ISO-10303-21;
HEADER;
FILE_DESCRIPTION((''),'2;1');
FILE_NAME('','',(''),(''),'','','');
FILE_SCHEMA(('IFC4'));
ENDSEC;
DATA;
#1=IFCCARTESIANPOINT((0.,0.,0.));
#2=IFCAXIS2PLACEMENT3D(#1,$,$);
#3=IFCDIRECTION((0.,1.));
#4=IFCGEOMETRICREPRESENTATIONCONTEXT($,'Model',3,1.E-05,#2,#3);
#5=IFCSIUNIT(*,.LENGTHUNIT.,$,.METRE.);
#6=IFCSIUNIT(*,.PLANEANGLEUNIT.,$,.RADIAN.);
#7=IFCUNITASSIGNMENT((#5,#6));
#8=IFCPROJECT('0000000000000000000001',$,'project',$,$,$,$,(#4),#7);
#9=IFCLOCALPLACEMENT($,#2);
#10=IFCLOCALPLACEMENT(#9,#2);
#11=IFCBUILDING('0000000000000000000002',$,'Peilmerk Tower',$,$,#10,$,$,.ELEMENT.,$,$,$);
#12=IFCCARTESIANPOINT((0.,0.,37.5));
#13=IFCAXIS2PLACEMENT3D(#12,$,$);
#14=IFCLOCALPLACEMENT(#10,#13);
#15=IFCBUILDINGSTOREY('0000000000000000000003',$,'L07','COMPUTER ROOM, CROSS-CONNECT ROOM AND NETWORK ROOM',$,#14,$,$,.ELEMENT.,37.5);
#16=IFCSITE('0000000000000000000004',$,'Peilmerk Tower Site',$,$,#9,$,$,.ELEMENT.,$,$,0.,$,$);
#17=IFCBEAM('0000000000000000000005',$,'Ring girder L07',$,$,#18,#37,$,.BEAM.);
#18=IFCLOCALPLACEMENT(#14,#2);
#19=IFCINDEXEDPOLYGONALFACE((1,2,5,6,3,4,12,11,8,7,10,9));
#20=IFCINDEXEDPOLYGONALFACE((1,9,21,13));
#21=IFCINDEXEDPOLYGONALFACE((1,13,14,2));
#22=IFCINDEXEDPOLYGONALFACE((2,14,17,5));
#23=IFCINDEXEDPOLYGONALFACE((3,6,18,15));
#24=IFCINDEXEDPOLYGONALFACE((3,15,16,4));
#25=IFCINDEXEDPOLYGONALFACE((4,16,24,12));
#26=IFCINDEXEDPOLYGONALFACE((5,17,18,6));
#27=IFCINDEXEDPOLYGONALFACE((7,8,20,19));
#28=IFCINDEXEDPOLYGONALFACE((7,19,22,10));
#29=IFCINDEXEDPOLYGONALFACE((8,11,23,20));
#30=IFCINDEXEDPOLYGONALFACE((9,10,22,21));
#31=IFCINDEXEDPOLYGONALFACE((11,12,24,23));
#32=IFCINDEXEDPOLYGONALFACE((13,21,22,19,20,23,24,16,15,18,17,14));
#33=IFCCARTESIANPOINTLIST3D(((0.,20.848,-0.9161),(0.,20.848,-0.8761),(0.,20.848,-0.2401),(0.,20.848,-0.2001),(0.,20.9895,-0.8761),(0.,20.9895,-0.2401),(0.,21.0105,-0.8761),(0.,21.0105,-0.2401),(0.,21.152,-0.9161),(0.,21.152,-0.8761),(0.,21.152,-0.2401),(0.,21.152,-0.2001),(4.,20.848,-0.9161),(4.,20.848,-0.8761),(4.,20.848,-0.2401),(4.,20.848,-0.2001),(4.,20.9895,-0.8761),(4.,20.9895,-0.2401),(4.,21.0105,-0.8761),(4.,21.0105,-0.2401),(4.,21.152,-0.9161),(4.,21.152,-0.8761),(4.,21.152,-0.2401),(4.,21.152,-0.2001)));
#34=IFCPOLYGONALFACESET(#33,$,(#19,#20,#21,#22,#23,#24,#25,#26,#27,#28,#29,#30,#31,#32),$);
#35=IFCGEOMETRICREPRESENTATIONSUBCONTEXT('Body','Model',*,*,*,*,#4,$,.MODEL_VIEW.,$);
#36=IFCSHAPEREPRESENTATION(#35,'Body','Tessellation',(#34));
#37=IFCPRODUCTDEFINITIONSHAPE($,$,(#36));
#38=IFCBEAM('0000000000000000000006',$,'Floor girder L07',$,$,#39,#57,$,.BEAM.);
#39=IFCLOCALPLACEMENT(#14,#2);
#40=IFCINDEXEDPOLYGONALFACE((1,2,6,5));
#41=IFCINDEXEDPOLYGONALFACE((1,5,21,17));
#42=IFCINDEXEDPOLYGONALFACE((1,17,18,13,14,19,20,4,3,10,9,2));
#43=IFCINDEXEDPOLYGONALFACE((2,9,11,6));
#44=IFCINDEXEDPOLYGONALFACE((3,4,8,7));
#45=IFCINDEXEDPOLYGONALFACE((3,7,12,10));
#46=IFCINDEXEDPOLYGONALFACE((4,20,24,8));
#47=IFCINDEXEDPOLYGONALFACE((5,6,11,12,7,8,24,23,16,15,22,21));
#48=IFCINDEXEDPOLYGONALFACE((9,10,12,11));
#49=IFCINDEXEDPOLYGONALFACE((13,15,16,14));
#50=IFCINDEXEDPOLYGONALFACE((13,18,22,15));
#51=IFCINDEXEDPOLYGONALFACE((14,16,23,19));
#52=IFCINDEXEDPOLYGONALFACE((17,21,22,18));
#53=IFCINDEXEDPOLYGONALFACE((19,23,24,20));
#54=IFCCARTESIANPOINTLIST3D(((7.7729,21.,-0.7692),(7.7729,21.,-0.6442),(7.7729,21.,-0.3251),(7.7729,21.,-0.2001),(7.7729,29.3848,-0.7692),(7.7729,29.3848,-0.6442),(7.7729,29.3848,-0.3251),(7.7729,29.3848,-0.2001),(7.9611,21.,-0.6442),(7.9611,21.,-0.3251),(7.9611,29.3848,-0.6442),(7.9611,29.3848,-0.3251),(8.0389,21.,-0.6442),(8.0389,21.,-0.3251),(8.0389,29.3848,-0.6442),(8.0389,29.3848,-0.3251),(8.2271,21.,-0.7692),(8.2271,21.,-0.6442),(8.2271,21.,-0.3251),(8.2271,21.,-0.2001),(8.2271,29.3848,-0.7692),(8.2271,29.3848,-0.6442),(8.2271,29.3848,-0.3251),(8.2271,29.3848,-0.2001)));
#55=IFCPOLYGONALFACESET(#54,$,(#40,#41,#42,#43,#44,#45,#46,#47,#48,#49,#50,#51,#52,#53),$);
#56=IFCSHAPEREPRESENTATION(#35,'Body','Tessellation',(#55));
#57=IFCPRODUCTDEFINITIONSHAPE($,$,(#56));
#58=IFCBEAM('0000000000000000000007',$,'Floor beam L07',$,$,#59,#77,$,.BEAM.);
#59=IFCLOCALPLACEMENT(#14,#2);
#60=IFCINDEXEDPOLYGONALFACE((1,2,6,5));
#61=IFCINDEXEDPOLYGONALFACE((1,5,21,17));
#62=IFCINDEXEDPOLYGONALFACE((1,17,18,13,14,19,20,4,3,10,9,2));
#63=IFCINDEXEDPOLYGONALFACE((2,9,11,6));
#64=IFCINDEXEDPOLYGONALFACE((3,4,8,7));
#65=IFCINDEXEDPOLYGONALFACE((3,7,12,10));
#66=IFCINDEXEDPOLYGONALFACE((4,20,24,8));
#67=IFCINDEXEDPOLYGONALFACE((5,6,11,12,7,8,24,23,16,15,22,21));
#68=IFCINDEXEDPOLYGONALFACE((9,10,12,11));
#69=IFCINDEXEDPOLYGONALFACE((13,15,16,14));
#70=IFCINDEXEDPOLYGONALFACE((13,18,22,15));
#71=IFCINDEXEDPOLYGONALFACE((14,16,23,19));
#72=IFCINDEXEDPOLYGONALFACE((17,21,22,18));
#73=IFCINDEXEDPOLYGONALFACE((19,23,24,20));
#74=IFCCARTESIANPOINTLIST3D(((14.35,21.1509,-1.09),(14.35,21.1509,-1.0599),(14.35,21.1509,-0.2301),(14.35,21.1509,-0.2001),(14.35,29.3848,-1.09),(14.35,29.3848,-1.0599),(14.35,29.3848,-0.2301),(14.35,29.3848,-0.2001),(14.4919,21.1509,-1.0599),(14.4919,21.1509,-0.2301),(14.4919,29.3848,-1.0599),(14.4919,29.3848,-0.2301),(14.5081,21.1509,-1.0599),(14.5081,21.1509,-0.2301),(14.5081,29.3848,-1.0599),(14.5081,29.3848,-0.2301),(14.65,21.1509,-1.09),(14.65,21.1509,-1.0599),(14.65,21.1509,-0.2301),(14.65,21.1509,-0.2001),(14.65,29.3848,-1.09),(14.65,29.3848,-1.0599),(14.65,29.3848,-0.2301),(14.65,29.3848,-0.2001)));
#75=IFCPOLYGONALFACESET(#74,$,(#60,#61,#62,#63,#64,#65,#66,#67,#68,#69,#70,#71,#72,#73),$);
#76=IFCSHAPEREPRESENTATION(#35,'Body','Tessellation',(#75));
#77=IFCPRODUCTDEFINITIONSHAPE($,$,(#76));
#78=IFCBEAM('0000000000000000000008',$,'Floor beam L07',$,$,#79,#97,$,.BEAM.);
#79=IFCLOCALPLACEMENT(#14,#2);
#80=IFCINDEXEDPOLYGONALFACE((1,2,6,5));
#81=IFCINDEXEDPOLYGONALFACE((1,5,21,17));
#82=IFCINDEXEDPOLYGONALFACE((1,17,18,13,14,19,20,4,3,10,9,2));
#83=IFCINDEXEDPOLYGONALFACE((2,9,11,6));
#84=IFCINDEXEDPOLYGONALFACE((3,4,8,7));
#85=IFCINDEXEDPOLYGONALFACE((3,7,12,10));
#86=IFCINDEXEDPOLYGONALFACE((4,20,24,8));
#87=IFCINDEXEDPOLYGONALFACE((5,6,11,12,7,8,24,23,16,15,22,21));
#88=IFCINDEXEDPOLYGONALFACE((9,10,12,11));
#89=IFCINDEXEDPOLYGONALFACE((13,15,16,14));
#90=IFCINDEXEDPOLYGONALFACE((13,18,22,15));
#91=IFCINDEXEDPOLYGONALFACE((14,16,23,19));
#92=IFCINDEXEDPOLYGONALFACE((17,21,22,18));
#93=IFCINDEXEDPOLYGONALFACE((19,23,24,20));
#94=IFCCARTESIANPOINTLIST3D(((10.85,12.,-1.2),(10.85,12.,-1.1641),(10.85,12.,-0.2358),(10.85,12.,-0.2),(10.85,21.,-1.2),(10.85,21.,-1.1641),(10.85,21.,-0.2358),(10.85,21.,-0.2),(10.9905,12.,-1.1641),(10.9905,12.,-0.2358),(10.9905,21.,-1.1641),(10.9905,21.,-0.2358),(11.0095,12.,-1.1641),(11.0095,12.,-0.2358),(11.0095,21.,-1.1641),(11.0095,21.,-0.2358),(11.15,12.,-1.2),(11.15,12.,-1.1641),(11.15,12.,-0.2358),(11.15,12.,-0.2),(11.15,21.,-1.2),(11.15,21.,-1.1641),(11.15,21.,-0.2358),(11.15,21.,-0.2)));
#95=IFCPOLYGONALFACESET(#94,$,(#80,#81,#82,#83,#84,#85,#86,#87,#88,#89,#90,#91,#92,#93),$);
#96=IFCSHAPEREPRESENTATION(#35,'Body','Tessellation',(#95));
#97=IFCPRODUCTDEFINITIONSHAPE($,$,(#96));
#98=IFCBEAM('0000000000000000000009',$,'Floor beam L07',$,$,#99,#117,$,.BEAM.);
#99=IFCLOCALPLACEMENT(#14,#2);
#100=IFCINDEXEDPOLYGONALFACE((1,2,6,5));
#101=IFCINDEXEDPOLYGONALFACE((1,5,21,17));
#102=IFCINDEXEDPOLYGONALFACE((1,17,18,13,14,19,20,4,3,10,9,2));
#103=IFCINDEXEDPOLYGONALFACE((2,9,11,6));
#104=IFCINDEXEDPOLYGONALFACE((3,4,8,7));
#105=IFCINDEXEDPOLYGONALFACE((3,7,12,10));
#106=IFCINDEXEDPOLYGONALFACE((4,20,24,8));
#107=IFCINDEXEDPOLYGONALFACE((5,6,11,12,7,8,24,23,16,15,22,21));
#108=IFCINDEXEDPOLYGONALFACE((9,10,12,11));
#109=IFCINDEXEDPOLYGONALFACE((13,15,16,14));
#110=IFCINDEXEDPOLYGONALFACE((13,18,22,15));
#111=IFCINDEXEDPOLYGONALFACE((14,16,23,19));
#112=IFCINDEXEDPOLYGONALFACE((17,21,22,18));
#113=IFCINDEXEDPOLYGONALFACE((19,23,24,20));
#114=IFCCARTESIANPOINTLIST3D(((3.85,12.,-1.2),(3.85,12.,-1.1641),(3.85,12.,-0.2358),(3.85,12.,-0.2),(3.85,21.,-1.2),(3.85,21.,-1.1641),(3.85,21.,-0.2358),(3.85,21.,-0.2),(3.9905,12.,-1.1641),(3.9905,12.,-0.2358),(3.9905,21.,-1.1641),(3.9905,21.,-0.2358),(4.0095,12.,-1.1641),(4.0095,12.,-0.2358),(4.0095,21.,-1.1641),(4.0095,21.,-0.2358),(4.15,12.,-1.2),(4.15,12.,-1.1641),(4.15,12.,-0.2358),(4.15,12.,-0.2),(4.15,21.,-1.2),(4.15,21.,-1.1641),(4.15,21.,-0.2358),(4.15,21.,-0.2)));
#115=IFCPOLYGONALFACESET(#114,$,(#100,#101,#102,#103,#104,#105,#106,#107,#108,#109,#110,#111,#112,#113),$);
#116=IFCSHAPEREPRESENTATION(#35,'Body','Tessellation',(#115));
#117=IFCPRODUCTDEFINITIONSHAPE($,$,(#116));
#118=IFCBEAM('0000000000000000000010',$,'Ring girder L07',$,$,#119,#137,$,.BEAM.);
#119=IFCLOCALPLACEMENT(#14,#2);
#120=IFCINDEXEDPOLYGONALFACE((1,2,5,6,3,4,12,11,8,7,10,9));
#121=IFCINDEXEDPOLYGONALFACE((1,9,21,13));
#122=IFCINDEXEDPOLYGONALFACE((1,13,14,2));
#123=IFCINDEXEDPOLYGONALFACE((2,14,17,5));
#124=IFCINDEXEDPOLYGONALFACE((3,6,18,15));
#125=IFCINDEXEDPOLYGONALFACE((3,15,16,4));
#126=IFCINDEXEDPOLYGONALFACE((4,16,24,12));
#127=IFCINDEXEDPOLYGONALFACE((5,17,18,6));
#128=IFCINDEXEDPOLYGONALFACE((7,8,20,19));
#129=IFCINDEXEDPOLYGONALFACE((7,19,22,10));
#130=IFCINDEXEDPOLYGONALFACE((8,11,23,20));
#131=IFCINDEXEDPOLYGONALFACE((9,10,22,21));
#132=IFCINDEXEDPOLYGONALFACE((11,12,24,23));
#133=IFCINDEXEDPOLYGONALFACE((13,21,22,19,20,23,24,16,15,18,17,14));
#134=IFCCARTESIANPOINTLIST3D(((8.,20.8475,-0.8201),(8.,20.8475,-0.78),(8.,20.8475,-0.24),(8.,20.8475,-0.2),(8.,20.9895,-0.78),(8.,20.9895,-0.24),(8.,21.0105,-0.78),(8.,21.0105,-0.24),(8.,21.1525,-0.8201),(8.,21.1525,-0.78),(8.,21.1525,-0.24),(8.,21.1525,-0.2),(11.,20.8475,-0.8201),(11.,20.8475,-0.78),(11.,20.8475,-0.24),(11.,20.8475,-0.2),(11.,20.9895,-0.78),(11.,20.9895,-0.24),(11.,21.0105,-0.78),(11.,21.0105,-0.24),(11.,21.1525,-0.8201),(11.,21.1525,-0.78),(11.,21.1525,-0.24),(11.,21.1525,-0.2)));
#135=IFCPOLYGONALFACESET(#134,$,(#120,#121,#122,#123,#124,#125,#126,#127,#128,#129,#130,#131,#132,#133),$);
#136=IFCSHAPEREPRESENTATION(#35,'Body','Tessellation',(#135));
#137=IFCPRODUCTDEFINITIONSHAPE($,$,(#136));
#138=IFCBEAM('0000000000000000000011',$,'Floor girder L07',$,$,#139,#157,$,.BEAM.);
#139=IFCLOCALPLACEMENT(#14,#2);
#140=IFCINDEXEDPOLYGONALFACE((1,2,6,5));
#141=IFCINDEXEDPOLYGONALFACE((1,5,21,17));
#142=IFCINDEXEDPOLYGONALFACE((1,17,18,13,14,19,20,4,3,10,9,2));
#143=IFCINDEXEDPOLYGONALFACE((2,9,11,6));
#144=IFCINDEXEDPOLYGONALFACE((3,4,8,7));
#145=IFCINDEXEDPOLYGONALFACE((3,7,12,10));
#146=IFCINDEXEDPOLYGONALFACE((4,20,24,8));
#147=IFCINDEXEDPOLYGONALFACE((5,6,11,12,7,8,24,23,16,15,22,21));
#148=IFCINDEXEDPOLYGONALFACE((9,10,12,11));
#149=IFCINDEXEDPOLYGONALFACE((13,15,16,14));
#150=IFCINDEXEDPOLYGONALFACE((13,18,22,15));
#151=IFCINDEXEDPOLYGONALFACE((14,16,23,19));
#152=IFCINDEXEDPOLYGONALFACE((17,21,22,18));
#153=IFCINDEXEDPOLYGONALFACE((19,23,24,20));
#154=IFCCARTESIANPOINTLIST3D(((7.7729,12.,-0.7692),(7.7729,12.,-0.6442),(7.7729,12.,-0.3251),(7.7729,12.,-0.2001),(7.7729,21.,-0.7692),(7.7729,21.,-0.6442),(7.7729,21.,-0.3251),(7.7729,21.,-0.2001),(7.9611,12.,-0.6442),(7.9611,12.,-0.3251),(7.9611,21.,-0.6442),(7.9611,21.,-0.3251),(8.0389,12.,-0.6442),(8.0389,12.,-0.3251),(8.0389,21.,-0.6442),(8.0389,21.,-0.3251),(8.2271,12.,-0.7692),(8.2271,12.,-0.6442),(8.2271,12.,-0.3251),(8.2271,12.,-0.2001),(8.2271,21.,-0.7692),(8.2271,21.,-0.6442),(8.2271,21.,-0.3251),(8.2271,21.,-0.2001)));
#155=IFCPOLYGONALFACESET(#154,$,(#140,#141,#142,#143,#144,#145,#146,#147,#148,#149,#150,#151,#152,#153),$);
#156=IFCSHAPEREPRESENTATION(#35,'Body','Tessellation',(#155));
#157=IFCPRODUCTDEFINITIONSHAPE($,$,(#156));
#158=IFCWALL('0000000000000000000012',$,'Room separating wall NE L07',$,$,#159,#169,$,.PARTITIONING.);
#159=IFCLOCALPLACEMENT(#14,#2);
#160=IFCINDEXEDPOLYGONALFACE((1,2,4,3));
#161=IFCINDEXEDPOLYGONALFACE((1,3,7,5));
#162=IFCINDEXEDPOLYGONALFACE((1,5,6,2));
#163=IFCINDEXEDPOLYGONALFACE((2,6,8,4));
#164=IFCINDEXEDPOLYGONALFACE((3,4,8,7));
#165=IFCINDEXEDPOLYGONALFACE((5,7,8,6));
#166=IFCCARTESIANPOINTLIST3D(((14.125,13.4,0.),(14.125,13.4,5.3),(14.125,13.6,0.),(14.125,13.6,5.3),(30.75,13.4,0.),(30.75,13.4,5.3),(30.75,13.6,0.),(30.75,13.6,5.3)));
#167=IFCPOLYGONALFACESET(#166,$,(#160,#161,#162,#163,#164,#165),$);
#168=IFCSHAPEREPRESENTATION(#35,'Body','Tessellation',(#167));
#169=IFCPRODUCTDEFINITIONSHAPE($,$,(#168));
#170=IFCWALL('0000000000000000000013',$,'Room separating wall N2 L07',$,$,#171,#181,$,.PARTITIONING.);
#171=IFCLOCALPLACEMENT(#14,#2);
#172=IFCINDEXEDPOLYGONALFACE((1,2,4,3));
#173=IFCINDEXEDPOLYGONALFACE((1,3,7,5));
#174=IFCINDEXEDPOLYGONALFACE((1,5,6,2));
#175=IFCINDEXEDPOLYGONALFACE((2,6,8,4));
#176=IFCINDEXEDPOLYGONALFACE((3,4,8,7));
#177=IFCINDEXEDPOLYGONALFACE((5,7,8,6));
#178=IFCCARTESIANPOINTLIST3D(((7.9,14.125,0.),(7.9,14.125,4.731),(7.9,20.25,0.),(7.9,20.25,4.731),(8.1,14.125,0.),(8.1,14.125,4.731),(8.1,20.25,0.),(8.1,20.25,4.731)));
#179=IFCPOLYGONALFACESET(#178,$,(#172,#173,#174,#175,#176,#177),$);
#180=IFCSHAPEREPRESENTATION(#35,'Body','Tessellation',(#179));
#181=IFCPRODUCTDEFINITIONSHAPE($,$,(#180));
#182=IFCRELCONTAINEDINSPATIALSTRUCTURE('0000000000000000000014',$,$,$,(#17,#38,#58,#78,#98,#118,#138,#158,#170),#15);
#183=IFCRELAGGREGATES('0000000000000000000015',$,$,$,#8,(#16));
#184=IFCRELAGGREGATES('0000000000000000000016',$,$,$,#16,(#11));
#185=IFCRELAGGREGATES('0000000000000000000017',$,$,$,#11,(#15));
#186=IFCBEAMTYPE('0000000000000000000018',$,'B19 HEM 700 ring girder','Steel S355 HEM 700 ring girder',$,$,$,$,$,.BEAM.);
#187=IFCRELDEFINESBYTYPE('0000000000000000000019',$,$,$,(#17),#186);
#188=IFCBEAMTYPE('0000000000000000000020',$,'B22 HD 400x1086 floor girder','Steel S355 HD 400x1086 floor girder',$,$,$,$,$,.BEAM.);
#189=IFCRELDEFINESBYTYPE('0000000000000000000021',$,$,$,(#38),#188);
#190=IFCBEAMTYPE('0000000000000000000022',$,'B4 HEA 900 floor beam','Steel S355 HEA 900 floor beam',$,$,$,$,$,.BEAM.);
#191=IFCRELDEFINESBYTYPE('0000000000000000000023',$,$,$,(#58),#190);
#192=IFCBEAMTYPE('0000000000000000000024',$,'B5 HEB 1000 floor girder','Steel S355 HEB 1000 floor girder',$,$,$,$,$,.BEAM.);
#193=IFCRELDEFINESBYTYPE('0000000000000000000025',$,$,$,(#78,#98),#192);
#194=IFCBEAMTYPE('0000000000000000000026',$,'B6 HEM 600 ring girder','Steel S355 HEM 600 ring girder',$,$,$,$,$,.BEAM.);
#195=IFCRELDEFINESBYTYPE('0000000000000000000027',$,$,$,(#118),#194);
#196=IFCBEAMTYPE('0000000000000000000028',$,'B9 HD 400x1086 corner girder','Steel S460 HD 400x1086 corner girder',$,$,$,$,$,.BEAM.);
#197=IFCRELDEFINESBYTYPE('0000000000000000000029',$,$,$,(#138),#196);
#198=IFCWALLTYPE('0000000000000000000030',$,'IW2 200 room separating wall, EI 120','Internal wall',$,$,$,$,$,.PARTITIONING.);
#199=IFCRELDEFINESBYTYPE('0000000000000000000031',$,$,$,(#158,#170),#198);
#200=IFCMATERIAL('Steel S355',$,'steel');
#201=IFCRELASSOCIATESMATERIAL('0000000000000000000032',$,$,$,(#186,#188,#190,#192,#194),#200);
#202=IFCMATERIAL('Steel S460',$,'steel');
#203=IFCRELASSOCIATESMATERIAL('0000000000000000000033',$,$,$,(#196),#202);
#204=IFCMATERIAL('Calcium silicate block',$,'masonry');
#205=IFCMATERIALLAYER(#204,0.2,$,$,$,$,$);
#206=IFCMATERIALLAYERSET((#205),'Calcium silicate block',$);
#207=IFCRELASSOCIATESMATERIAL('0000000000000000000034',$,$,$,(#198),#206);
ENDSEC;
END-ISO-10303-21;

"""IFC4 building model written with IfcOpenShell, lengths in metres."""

from ifc_helpers import new_model, si_unit, direction, frame, frame_2d, origin, origin_2d, place, context, subcontext, project, spatial, rectangle, i_section, extrude, material, layer, layer_set, material_profile, profile_set, type_object, element, save


model = new_model("IFC4")

# Units and contexts
model_context = context("Model", 3, precision=1e-05, world=origin(), true_north=direction((0.0, 1.0)))
body_context = subcontext(model_context, "Body", "Model", "MODEL_VIEW")
ifc_project = project(units=[si_unit("LENGTHUNIT", "METRE"), si_unit("PLANEANGLEUNIT", "RADIAN")], contexts=[model_context])

# Site, building, storey
site_placement = place(None, origin())
site = spatial("IfcSite", under=ifc_project, at=site_placement, Name="Peilmerk Tower Site", CompositionType="ELEMENT", RefElevation=0.0)
building_placement = place(site_placement, origin())
building = spatial("IfcBuilding", under=site, at=building_placement, Name="Peilmerk Tower", CompositionType="ELEMENT")
storey_placement = place(building_placement, frame((0.0, 0.0, 37.5)))
storey = spatial("IfcBuildingStorey", under=building, at=storey_placement, Name="L07", Description="COMPUTER ROOM, CROSS-CONNECT ROOM AND NETWORK ROOM", CompositionType="ELEMENT", Elevation=37.5)

# Beams
ifc_material_1 = material(Name="Steel S355", Category="steel")
ifc_material_profile_1 = material_profile(ifc_material_1, i_section(OverallWidth=0.304, OverallDepth=0.7161, WebThickness=0.021, FlangeThickness=0.04, at=origin_2d()), Name="HEM 700")
ifc_profile_set_1 = profile_set([ifc_material_profile_1], Name="Steel S355")
beam_type_1 = type_object("IfcBeamType", Name="B19 HEM 700 ring girder", Description="Steel S355 HEM 700 ring girder", PredefinedType="BEAM", material=ifc_profile_set_1)
for number, where, z_axis, x_axis, name in (
    (1, (4.0, 21.0, -0.5581), (-1.0, 0.0, 0.0), (0.0, -1.0, 0.0), "Ring girder L07"),
):
    element("IfcBeam", number, at=place(storey_placement, frame(where, z_axis=z_axis, x_axis=x_axis)), inside=storey, type_object=beam_type_1, Name=name, PredefinedType="BEAM", context=body_context, shape_type="SweptSolid", body=[
        extrude(i_section(OverallWidth=0.304, OverallDepth=0.7161, WebThickness=0.021, FlangeThickness=0.04, at=origin_2d()), origin(), (0.0, 0.0, 1.0), 4.0),
    ])
ifc_material_profile_2 = material_profile(ifc_material_1, i_section(OverallWidth=0.4541, OverallDepth=0.5691, WebThickness=0.0779, FlangeThickness=0.125, at=origin_2d()), Name="HD 400x1086")
ifc_profile_set_2 = profile_set([ifc_material_profile_2], Name="Steel S355")
beam_type_2 = type_object("IfcBeamType", Name="B22 HD 400x1086 floor girder", Description="Steel S355 HD 400x1086 floor girder", PredefinedType="BEAM", material=ifc_profile_set_2)
beam_1_placement = place(storey_placement, frame((8.0, 21.0, -0.4846), z_axis=(0.0, 1.0, 0.0), x_axis=(-1.0, 0.0, 0.0)))
element("IfcBeam", 2, at=beam_1_placement, inside=storey, type_object=beam_type_2, Name="Floor girder L07", PredefinedType="BEAM", context=body_context, shape_type="SweptSolid", body=[
    extrude(i_section(OverallWidth=0.4541, OverallDepth=0.5691, WebThickness=0.0779, FlangeThickness=0.125, at=origin_2d()), origin(), (0.0, 0.0, 1.0), 8.3848),
])
ifc_material_profile_3 = material_profile(ifc_material_1, i_section(OverallWidth=0.3, OverallDepth=0.8899, WebThickness=0.0161, FlangeThickness=0.03, at=origin_2d()), Name="HEA 900")
ifc_profile_set_3 = profile_set([ifc_material_profile_3], Name="Steel S355")
beam_type_3 = type_object("IfcBeamType", Name="B4 HEA 900 floor beam", Description="Steel S355 HEA 900 floor beam", PredefinedType="BEAM", material=ifc_profile_set_3)
beam_2_placement = place(storey_placement, frame((14.5, 21.1509, -0.645), z_axis=(0.0, 1.0, 0.0), x_axis=(-1.0, 0.0, 0.0)))
element("IfcBeam", 3, at=beam_2_placement, inside=storey, type_object=beam_type_3, Name="Floor beam L07", PredefinedType="BEAM", context=body_context, shape_type="SweptSolid", body=[
    extrude(i_section(OverallWidth=0.3, OverallDepth=0.8899, WebThickness=0.0161, FlangeThickness=0.03, at=origin_2d()), origin(), (0.0, 0.0, 1.0), 8.2339),
])
ifc_material_profile_4 = material_profile(ifc_material_1, i_section(OverallWidth=0.3, OverallDepth=1.0, WebThickness=0.019, FlangeThickness=0.0359, at=origin_2d()), Name="HEB 1000")
ifc_profile_set_4 = profile_set([ifc_material_profile_4], Name="Steel S355")
beam_type_4 = type_object("IfcBeamType", Name="B5 HEB 1000 floor girder", Description="Steel S355 HEB 1000 floor girder", PredefinedType="BEAM", material=ifc_profile_set_4)
for number, where, z_axis, x_axis, name in (
    (4, (11.0, 12.0, -0.7), (0.0, 1.0, 0.0), (-1.0, 0.0, 0.0), "Floor beam L07"),
    (5, (4.0, 12.0, -0.7), (0.0, 1.0, 0.0), (-1.0, 0.0, 0.0), "Floor beam L07"),
):
    element("IfcBeam", number, at=place(storey_placement, frame(where, z_axis=z_axis, x_axis=x_axis)), inside=storey, type_object=beam_type_4, Name=name, PredefinedType="BEAM", context=body_context, shape_type="SweptSolid", body=[
        extrude(i_section(OverallWidth=0.3, OverallDepth=1.0, WebThickness=0.019, FlangeThickness=0.0359, at=origin_2d()), origin(), (0.0, 0.0, 1.0), 9.0),
    ])
ifc_material_profile_5 = material_profile(ifc_material_1, i_section(OverallWidth=0.3049, OverallDepth=0.6201, WebThickness=0.021, FlangeThickness=0.04, at=origin_2d()), Name="HEM 600")
ifc_profile_set_5 = profile_set([ifc_material_profile_5], Name="Steel S355")
beam_type_5 = type_object("IfcBeamType", Name="B6 HEM 600 ring girder", Description="Steel S355 HEM 600 ring girder", PredefinedType="BEAM", material=ifc_profile_set_5)
beam_3_placement = place(storey_placement, frame((11.0, 21.0, -0.51), z_axis=(-1.0, 0.0, 0.0), x_axis=(0.0, -1.0, 0.0)))
element("IfcBeam", 6, at=beam_3_placement, inside=storey, type_object=beam_type_5, Name="Ring girder L07", PredefinedType="BEAM", context=body_context, shape_type="SweptSolid", body=[
    extrude(i_section(OverallWidth=0.3049, OverallDepth=0.6201, WebThickness=0.021, FlangeThickness=0.04, at=origin_2d()), origin(), (0.0, 0.0, 1.0), 3.0),
])
ifc_material_2 = material(Name="Steel S460", Category="steel")
ifc_material_profile_6 = material_profile(ifc_material_2, i_section(OverallWidth=0.4541, OverallDepth=0.5691, WebThickness=0.0779, FlangeThickness=0.125, at=origin_2d()), Name="HD 400x1086")
ifc_profile_set_6 = profile_set([ifc_material_profile_6], Name="Steel S460")
beam_type_6 = type_object("IfcBeamType", Name="B9 HD 400x1086 corner girder", Description="Steel S460 HD 400x1086 corner girder", PredefinedType="BEAM", material=ifc_profile_set_6)
beam_4_placement = place(storey_placement, frame((8.0, 12.0, -0.4846), z_axis=(0.0, 1.0, 0.0), x_axis=(-1.0, 0.0, 0.0)))
element("IfcBeam", 7, at=beam_4_placement, inside=storey, type_object=beam_type_6, Name="Floor girder L07", PredefinedType="BEAM", context=body_context, shape_type="SweptSolid", body=[
    extrude(i_section(OverallWidth=0.4541, OverallDepth=0.5691, WebThickness=0.0779, FlangeThickness=0.125, at=origin_2d()), origin(), (0.0, 0.0, 1.0), 9.0),
])

# Walls
ifc_material_3 = material(Name="Calcium silicate block", Category="masonry")
ifc_layer = layer(ifc_material_3, 0.2)
ifc_layer_set = layer_set([ifc_layer], Name="Calcium silicate block")
wall_type = type_object("IfcWallType", Name="IW2 200 room separating wall, EI 120", Description="Internal wall", PredefinedType="PARTITIONING", material=ifc_layer_set)
wall_1_placement = place(storey_placement, frame((14.125, 13.5, 0.0), z_axis=(0.0, 0.0, 1.0), x_axis=(1.0, 0.0, 0.0)))
element("IfcWall", 8, at=wall_1_placement, inside=storey, type_object=wall_type, Name="Room separating wall NE L07", PredefinedType="PARTITIONING", context=body_context, shape_type="SweptSolid", body=[
    extrude(rectangle(XDim=16.625, YDim=0.2, at=frame_2d((8.3125, 0.0))), origin(), (0.0, 0.0, 1.0), 5.3),
])
wall_2_placement = place(storey_placement, frame((8.0, 14.125, 0.0), z_axis=(0.0, 0.0, 1.0), x_axis=(0.0, 1.0, 0.0)))
element("IfcWall", 9, at=wall_2_placement, inside=storey, type_object=wall_type, Name="Room separating wall N2 L07", PredefinedType="PARTITIONING", context=body_context, shape_type="SweptSolid", body=[
    extrude(rectangle(XDim=6.125, YDim=0.2, at=frame_2d((3.0625, 0.0))), origin(), (0.0, 0.0, 1.0), 4.731),
])

save(model, "model.ifc")
